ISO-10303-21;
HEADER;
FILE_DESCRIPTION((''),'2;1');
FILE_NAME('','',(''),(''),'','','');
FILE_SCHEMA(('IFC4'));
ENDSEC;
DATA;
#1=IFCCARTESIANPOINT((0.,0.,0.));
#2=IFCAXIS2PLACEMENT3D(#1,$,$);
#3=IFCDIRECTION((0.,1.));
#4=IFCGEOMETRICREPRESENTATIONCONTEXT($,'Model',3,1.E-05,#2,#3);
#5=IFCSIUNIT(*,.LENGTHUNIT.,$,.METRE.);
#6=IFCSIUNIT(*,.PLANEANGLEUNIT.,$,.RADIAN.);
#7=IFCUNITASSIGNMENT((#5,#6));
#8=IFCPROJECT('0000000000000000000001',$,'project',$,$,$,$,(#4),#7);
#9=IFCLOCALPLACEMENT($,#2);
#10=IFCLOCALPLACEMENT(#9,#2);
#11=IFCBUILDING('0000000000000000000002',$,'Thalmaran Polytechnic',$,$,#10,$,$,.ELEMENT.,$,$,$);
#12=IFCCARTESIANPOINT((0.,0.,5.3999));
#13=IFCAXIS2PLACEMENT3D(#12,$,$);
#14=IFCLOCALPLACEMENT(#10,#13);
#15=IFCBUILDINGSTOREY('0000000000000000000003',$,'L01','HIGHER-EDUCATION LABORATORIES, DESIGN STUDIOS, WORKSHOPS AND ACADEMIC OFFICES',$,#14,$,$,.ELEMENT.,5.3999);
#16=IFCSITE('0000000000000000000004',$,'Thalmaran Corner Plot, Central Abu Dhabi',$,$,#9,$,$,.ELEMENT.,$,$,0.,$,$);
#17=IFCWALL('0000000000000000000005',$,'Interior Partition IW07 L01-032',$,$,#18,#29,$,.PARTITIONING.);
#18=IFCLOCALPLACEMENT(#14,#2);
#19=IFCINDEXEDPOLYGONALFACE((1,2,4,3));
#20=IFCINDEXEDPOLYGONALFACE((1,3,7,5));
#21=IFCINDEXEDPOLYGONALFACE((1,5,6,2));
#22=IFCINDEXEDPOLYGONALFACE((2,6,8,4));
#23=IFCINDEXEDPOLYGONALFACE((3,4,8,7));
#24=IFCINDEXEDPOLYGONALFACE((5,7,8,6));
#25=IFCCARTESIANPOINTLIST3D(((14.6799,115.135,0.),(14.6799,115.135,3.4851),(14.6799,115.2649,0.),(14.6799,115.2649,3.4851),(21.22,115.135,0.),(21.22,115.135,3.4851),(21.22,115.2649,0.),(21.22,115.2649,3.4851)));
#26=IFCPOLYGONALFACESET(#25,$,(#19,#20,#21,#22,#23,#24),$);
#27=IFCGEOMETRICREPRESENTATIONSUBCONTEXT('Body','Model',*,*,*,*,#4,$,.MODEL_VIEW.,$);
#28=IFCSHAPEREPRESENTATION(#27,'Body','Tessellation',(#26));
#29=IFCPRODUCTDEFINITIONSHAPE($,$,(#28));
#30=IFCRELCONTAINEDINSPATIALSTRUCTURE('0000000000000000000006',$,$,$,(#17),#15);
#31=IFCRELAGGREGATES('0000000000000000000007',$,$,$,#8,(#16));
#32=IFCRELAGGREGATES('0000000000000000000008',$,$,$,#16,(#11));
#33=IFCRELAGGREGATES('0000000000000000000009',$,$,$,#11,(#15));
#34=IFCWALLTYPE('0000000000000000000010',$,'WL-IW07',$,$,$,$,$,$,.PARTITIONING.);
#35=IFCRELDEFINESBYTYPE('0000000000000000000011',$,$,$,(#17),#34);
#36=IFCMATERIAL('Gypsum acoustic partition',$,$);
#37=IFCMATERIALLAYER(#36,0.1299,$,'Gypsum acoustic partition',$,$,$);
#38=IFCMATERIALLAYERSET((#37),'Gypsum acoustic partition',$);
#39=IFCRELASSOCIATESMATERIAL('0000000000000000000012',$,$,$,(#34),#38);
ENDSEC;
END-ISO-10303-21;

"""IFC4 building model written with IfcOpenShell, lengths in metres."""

from ifc_helpers import new_model, si_unit, direction, frame, frame_2d, origin, place, context, subcontext, project, spatial, rectangle, extrude, material, layer, layer_set, type_object, element, save


model = new_model("IFC4")

# Units and contexts
model_context = context("Model", 3, precision=1e-05, world=origin(), true_north=direction((0.0, 1.0)))
body_context = subcontext(model_context, "Body", "Model", "MODEL_VIEW")
ifc_project = project(units=[si_unit("LENGTHUNIT", "METRE"), si_unit("PLANEANGLEUNIT", "RADIAN")], contexts=[model_context])

# Site, building, storey
site_placement = place(None, origin())
site = spatial("IfcSite", under=ifc_project, at=site_placement, Name="Thalmaran Corner Plot, Central Abu Dhabi", CompositionType="ELEMENT", RefElevation=0.0)
building_placement = place(site_placement, origin())
building = spatial("IfcBuilding", under=site, at=building_placement, Name="Thalmaran Polytechnic", CompositionType="ELEMENT")
storey_placement = place(building_placement, frame((0.0, 0.0, 5.3999)))
storey = spatial("IfcBuildingStorey", under=building, at=storey_placement, Name="L01", Description="HIGHER-EDUCATION LABORATORIES, DESIGN STUDIOS, WORKSHOPS AND ACADEMIC OFFICES", CompositionType="ELEMENT", Elevation=5.3999)

# Shared definitions
ifc_material_1 = material(Name="Gypsum acoustic partition")
ifc_layer_1 = layer(ifc_material_1, 0.1299, Name="Gypsum acoustic partition")
ifc_layer_set_1 = layer_set([ifc_layer_1], Name="Gypsum acoustic partition")
wall_type = type_object("IfcWallType", Name="WL-IW07", PredefinedType="PARTITIONING", material=ifc_layer_set_1)

# Wall
wall_1_placement = place(storey_placement, frame((14.6799, 115.2, 0.0), z_axis=(0.0, 0.0, 1.0), x_axis=(1.0, 0.0, 0.0)))
element("IfcWall", 1, at=wall_1_placement, inside=storey, type_object=wall_type, Name="Interior Partition IW07 L01-032", PredefinedType="PARTITIONING", context=body_context, shape_type="SweptSolid", body=[
    extrude(rectangle(XDim=6.54, YDim=0.1299, at=frame_2d((3.27, 0.0))), origin(), (0.0, 0.0, 1.0), 3.4851),
])

save(model, "model.ifc")
